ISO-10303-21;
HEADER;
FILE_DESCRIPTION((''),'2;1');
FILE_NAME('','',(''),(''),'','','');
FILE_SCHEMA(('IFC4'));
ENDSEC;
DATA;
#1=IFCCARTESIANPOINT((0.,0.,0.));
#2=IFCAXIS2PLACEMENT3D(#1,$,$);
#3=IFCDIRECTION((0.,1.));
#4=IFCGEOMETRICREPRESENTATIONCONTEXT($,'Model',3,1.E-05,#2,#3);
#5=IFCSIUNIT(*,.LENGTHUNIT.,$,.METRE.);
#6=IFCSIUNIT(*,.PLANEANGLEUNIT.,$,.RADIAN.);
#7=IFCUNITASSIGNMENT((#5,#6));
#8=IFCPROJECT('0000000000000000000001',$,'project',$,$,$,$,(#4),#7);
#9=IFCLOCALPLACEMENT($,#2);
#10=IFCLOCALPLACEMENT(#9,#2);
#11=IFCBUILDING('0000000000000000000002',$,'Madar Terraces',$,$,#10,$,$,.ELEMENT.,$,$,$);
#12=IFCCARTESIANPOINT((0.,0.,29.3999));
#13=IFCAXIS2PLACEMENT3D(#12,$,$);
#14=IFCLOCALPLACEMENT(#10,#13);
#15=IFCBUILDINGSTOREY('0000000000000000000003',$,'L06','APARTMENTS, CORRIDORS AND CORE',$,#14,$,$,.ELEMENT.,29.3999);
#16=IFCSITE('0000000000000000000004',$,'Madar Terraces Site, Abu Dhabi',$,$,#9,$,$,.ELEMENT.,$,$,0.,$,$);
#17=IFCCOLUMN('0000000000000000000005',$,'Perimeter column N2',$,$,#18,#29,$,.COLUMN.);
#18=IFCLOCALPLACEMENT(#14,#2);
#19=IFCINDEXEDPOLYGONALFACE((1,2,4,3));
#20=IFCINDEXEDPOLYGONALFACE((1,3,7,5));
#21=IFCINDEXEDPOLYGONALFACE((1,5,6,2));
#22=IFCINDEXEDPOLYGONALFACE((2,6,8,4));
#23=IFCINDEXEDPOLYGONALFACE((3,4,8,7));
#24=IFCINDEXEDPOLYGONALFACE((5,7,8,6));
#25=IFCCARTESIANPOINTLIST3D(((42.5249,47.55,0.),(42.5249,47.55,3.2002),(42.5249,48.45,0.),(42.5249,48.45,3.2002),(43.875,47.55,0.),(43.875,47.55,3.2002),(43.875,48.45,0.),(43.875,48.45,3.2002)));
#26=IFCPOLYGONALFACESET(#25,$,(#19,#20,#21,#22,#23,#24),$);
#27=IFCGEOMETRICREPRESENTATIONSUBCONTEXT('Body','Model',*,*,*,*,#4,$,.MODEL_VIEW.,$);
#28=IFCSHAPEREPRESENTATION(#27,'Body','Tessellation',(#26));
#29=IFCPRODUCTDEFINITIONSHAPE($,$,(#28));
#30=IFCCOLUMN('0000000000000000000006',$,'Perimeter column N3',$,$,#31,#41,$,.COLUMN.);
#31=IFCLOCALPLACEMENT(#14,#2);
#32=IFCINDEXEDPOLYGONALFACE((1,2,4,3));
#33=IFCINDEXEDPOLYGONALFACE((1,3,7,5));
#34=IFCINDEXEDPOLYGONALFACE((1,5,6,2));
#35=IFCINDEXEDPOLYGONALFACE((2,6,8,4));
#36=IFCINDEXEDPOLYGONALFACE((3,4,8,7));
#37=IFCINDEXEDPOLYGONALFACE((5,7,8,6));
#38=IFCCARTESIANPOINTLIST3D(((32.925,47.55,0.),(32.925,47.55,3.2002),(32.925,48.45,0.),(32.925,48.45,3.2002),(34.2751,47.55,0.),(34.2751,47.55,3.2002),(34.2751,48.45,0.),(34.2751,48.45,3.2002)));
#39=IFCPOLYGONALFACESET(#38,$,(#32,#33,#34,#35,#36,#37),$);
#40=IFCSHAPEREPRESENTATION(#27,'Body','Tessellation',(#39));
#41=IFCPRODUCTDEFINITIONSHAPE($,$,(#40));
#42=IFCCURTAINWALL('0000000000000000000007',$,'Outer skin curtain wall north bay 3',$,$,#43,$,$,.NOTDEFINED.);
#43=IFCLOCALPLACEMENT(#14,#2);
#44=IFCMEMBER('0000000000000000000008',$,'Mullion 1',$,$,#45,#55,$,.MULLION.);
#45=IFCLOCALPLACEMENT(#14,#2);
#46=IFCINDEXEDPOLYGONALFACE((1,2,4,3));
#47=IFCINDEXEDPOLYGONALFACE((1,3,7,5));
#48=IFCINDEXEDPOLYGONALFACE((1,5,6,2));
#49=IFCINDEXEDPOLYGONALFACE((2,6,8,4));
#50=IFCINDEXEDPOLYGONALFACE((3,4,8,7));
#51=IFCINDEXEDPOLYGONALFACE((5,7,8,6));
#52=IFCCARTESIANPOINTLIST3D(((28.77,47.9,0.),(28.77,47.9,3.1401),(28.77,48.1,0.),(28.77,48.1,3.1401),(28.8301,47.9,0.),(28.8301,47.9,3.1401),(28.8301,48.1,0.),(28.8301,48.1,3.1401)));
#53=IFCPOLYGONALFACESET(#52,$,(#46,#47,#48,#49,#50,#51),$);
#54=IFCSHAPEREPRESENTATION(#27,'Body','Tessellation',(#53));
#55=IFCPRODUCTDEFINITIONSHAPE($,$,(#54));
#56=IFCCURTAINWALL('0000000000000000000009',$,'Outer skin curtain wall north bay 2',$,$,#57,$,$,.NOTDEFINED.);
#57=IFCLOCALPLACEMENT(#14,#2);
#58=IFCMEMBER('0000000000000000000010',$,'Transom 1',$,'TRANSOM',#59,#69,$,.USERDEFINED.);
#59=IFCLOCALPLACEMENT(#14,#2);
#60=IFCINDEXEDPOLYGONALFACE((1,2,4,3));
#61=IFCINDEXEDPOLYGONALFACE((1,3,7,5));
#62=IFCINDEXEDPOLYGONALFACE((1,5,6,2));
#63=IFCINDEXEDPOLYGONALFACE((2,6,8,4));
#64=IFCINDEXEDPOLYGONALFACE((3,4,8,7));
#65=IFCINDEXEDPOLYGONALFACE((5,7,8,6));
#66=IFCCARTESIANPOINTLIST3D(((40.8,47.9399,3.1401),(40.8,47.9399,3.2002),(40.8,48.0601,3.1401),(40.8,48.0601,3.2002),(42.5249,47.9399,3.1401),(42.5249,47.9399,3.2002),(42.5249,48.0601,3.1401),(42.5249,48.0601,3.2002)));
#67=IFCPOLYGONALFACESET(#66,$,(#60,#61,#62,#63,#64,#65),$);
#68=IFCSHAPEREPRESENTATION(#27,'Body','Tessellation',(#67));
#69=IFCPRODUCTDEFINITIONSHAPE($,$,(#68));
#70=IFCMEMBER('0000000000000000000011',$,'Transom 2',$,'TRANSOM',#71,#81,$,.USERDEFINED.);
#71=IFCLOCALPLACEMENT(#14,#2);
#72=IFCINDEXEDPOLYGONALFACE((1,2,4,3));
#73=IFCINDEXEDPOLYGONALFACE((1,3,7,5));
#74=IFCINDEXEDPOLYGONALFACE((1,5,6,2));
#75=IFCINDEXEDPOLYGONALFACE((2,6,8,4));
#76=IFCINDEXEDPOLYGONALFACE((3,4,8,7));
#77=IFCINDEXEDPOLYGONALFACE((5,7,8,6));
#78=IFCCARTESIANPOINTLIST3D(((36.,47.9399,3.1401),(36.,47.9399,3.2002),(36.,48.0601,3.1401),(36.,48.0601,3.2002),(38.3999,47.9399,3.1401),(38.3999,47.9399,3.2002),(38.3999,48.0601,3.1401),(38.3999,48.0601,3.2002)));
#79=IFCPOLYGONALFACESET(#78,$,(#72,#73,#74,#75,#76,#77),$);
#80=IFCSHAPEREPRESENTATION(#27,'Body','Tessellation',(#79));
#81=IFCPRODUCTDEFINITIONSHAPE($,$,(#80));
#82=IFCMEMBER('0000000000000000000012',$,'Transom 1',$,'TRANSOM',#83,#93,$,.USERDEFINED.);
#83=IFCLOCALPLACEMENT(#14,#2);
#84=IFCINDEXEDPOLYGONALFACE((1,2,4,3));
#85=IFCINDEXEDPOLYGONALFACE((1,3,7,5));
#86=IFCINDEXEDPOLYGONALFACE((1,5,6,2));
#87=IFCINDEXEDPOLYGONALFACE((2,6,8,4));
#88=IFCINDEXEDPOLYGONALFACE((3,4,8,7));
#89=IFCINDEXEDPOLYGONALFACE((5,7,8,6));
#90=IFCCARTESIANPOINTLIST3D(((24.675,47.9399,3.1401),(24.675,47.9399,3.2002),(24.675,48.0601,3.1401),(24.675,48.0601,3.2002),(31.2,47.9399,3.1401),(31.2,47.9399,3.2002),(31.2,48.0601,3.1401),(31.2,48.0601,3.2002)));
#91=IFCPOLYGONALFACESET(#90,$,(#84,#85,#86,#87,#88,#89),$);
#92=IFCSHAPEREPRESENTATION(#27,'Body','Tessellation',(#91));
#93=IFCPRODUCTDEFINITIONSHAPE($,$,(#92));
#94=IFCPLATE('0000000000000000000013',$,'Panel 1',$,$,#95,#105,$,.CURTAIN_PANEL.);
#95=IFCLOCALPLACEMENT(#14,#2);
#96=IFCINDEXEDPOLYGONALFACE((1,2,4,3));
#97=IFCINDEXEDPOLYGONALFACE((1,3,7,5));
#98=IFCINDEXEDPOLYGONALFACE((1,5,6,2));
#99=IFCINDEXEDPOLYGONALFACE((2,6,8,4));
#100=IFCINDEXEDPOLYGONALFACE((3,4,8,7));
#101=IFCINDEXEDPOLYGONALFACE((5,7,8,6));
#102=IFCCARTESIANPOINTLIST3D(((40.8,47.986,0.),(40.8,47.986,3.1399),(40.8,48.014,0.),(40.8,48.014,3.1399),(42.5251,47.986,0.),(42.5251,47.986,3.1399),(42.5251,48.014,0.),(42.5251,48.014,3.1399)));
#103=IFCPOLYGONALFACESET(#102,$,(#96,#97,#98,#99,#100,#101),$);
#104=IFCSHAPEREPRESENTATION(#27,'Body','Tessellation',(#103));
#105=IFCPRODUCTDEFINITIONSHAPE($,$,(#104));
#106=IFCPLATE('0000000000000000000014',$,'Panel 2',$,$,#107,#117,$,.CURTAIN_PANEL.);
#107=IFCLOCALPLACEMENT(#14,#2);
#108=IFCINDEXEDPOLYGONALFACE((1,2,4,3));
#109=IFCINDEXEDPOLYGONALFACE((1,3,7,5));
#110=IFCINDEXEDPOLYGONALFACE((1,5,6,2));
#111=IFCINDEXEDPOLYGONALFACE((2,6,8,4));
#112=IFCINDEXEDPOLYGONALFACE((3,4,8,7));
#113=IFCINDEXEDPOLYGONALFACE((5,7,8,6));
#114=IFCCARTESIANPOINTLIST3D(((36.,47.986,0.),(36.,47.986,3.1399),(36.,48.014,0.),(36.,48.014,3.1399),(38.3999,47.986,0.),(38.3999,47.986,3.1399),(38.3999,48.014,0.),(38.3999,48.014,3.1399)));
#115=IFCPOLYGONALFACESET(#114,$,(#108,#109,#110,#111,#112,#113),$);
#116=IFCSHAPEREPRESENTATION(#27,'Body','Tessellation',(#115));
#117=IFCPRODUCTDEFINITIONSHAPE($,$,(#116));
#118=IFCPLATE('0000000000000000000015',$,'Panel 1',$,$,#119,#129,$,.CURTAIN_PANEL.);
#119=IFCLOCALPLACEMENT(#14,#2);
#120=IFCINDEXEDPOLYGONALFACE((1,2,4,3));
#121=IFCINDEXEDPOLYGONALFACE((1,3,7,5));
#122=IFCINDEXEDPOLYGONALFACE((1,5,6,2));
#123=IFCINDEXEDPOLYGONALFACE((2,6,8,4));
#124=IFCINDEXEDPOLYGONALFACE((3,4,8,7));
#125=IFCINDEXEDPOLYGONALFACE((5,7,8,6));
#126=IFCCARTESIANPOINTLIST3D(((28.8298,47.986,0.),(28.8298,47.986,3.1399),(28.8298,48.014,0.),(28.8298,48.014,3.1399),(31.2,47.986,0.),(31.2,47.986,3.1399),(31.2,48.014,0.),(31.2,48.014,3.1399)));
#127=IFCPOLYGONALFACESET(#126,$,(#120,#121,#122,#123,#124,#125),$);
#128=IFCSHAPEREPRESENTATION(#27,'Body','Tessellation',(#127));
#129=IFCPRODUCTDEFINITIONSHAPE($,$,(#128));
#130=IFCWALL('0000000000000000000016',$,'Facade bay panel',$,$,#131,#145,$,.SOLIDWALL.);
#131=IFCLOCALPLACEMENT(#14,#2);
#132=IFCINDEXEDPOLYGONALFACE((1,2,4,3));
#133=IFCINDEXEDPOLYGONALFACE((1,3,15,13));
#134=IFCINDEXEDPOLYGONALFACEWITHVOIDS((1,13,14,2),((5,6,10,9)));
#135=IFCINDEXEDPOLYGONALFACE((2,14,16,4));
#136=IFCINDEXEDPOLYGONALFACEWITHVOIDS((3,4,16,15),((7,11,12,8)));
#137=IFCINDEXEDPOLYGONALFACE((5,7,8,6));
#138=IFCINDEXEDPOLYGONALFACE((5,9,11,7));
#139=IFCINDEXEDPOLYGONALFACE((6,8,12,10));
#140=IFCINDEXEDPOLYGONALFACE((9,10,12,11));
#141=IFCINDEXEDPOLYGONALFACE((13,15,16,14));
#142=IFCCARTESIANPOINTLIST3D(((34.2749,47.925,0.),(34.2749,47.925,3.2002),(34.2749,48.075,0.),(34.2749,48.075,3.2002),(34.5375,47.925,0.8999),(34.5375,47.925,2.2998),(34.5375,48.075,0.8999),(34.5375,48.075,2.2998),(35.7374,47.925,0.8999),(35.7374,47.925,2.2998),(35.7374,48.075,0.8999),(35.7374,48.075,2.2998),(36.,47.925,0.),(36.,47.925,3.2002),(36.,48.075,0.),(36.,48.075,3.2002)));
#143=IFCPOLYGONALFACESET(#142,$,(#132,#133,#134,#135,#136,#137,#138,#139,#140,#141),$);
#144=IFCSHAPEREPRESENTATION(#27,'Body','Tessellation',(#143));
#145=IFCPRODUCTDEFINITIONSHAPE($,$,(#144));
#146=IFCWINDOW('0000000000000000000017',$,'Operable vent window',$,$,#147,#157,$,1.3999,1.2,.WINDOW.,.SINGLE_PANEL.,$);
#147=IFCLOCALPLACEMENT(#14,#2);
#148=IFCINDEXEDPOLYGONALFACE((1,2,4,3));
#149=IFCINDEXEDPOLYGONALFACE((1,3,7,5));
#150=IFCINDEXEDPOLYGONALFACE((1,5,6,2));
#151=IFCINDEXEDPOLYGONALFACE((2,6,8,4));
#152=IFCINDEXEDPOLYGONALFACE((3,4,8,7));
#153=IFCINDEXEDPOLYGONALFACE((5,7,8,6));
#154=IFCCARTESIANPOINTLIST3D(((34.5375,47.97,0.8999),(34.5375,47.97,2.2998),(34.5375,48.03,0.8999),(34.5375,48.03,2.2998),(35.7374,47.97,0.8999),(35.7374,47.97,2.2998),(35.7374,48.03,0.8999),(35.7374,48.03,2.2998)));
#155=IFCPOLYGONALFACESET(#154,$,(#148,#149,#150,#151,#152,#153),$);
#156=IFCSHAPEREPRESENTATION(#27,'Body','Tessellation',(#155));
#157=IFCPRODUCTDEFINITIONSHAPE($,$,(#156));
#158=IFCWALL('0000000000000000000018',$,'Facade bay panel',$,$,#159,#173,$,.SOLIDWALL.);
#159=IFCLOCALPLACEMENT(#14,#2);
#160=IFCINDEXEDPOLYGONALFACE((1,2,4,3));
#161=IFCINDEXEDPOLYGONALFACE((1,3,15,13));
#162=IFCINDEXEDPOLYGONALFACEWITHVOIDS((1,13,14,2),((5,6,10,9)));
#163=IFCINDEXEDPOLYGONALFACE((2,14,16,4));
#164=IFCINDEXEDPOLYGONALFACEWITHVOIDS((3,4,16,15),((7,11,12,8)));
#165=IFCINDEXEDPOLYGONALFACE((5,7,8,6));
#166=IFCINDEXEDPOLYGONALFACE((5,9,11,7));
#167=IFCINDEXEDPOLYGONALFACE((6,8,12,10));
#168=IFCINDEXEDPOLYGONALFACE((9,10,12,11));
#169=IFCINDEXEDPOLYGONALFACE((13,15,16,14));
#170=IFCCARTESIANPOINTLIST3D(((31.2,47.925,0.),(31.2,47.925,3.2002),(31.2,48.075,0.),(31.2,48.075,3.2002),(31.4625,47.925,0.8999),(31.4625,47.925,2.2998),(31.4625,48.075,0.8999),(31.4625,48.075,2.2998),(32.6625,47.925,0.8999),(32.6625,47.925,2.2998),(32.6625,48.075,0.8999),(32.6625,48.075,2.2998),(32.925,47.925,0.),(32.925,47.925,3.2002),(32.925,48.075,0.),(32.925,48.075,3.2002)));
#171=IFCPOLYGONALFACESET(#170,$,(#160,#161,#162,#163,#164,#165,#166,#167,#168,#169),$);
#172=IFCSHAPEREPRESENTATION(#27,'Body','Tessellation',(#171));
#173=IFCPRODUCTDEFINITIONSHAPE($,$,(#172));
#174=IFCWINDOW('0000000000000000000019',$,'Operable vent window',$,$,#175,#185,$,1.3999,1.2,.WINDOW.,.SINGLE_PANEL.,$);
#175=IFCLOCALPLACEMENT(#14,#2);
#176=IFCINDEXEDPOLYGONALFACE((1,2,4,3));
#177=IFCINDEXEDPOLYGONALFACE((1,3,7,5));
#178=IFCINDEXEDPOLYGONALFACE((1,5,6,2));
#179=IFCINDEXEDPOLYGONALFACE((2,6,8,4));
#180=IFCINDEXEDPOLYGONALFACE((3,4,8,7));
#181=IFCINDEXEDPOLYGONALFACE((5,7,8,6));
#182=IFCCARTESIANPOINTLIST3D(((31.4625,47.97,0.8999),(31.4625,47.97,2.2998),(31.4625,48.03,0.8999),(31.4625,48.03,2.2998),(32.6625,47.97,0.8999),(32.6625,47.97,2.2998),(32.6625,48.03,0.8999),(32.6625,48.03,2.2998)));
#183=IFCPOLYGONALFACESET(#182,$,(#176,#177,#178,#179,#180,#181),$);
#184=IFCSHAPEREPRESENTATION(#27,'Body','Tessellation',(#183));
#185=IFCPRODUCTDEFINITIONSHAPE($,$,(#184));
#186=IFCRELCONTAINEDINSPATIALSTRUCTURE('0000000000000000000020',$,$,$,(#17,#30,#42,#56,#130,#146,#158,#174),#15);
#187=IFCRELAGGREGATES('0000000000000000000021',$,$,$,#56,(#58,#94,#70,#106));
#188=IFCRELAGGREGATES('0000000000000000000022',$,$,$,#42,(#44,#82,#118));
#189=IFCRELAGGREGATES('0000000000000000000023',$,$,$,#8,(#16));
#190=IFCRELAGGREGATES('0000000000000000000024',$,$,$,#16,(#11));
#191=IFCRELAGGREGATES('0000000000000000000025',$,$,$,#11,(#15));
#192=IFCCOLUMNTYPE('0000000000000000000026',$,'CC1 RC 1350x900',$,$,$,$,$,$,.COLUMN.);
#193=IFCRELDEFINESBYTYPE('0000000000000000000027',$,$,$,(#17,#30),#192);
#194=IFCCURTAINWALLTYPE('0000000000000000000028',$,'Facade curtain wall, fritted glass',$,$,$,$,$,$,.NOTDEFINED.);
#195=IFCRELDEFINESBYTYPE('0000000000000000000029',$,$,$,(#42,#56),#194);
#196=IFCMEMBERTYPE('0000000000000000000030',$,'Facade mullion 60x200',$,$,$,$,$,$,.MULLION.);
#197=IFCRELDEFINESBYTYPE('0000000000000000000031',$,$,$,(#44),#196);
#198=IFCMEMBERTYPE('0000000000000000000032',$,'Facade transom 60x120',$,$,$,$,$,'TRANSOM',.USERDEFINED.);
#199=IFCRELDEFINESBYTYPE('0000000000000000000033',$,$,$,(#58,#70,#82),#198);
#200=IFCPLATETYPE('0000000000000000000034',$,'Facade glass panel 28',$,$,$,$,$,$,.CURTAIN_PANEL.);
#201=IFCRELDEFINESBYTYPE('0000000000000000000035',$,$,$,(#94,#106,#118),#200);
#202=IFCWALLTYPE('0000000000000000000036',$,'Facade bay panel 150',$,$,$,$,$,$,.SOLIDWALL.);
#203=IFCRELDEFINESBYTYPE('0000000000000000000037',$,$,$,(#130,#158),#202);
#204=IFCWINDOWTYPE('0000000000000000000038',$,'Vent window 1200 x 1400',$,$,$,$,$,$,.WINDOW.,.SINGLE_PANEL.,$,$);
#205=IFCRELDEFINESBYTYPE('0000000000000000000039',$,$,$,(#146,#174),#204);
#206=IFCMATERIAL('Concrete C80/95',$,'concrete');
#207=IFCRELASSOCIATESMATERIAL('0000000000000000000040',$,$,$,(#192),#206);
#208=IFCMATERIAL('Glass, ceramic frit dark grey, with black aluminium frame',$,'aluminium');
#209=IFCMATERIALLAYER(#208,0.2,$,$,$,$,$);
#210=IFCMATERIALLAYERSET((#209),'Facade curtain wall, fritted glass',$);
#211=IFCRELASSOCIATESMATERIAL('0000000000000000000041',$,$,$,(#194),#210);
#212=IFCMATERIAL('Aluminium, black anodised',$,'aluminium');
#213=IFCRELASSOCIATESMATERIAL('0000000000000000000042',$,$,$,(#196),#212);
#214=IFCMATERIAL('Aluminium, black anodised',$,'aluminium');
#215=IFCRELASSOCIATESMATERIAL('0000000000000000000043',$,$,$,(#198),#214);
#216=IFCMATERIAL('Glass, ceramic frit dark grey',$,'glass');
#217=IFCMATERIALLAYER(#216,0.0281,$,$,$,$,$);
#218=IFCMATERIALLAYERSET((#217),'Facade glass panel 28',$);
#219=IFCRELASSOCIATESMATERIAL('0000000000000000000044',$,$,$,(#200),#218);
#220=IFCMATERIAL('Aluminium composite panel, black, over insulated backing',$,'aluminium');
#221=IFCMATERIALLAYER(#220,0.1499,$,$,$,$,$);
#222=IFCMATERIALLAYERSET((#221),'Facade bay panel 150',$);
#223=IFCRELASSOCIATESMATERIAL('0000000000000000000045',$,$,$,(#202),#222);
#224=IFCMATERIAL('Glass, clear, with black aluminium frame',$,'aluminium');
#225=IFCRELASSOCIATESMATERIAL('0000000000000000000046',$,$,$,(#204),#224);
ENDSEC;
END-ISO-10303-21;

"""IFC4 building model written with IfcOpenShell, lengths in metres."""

from ifc_helpers import new_model, si_unit, direction, frame, frame_2d, origin, origin_2d, place, context, subcontext, project, spatial, rectangle, extrude, material, layer, layer_set, material_profile, profile_set, type_object, element, fill, aggregate, save


model = new_model("IFC4")

# Units and contexts
model_context = context("Model", 3, precision=1e-05, world=origin(), true_north=direction((0.0, 1.0)))
body_context = subcontext(model_context, "Body", "Model", "MODEL_VIEW")
ifc_project = project(units=[si_unit("LENGTHUNIT", "METRE"), si_unit("PLANEANGLEUNIT", "RADIAN")], contexts=[model_context])

# Site, building, storey
site_placement = place(None, origin())
site = spatial("IfcSite", under=ifc_project, at=site_placement, Name="Madar Terraces Site, Abu Dhabi", CompositionType="ELEMENT", RefElevation=0.0)
building_placement = place(site_placement, origin())
building = spatial("IfcBuilding", under=site, at=building_placement, Name="Madar Terraces", CompositionType="ELEMENT")
storey_placement = place(building_placement, frame((0.0, 0.0, 29.3999)))
storey = spatial("IfcBuildingStorey", under=building, at=storey_placement, Name="L06", Description="APARTMENTS, CORRIDORS AND CORE", CompositionType="ELEMENT", Elevation=29.3999)

# Columns
ifc_material_1 = material(Name="Concrete C80/95", Category="concrete")
ifc_material_profile_1 = material_profile(ifc_material_1, rectangle(XDim=1.3501, YDim=0.8999, at=origin_2d()), Name="CC1 RC 1350x900")
ifc_profile_set_1 = profile_set([ifc_material_profile_1], Name="Concrete C80/95")
column_type = type_object("IfcColumnType", Name="CC1 RC 1350x900", PredefinedType="COLUMN", material=ifc_profile_set_1)
for number, where, z_axis, x_axis, name in (
    (1, (43.2, 48.0, 0.0), (0.0, 0.0, 1.0), (1.0, 0.0, 0.0), "Perimeter column N2"),
    (2, (33.6001, 48.0, 0.0), (0.0, 0.0, 1.0), (1.0, 0.0, 0.0), "Perimeter column N3"),
):
    element("IfcColumn", number, at=place(storey_placement, frame(where, z_axis=z_axis, x_axis=x_axis)), inside=storey, type_object=column_type, Name=name, PredefinedType="COLUMN", context=body_context, shape_type="SweptSolid", body=[
        extrude(rectangle(XDim=1.3501, YDim=0.8999, at=origin_2d()), origin(), (0.0, 0.0, 1.0), 3.2002),
    ])

# Curtain wall, member
ifc_material_2 = material(Name="Glass, ceramic frit dark grey, with black aluminium frame", Category="aluminium")
ifc_layer_1 = layer(ifc_material_2, 0.2)
ifc_layer_set_1 = layer_set([ifc_layer_1], Name="Facade curtain wall, fritted glass")
curtain_wall_type = type_object("IfcCurtainWallType", Name="Facade curtain wall, fritted glass", PredefinedType="NOTDEFINED", material=ifc_layer_set_1)
curtain_wall_1_placement = place(storey_placement, origin())
curtain_wall_1 = element("IfcCurtainWall", 3, at=curtain_wall_1_placement, inside=storey, type_object=curtain_wall_type, Name="Outer skin curtain wall north bay 3", PredefinedType="NOTDEFINED")
ifc_material_3 = material(Name="Aluminium, black anodised", Category="aluminium")
ifc_material_profile_2 = material_profile(ifc_material_3, rectangle(XDim=0.2, YDim=0.0601, at=origin_2d()), Name="Facade mullion 60x200")
ifc_profile_set_2 = profile_set([ifc_material_profile_2], Name="Aluminium, black anodised")
member_type_1 = type_object("IfcMemberType", Name="Facade mullion 60x200", PredefinedType="MULLION", material=ifc_profile_set_2)
member_1_placement = place(storey_placement, frame((28.8, 48.0, 0.0), z_axis=(0.0, 0.0, 1.0), x_axis=(0.0, -1.0, 0.0)))
member_1 = element("IfcMember", 4, at=member_1_placement, type_object=member_type_1, Name="Mullion 1", PredefinedType="MULLION", context=body_context, shape_type="SweptSolid", body=[
    extrude(rectangle(XDim=0.2, YDim=0.0601, at=origin_2d()), origin(), (0.0, 0.0, 1.0), 3.1401),
])

# Curtain wall, members
curtain_wall_2_placement = place(storey_placement, origin())
curtain_wall_2 = element("IfcCurtainWall", 5, at=curtain_wall_2_placement, inside=storey, type_object=curtain_wall_type, Name="Outer skin curtain wall north bay 2", PredefinedType="NOTDEFINED")
ifc_material_4 = material(Name="Aluminium, black anodised", Category="aluminium")
ifc_material_profile_3 = material_profile(ifc_material_4, rectangle(XDim=0.1201, YDim=0.0601, at=origin_2d()), Name="Facade transom 60x120")
ifc_profile_set_3 = profile_set([ifc_material_profile_3], Name="Aluminium, black anodised")
member_type_2 = type_object("IfcMemberType", Name="Facade transom 60x120", ElementType="TRANSOM", PredefinedType="USERDEFINED", material=ifc_profile_set_3)
member_2_placement = place(storey_placement, frame((42.5249, 48.0, 3.1702), z_axis=(-1.0, 0.0, 0.0), x_axis=(0.0, -1.0, 0.0)))
member_2 = element("IfcMember", 6, at=member_2_placement, type_object=member_type_2, Name="Transom 1", ObjectType="TRANSOM", PredefinedType="USERDEFINED", context=body_context, shape_type="SweptSolid", body=[
    extrude(rectangle(XDim=0.1201, YDim=0.0601, at=origin_2d()), origin(), (0.0, 0.0, 1.0), 1.7249),
])
member_3_placement = place(storey_placement, frame((38.3999, 48.0, 3.1702), z_axis=(-1.0, 0.0, 0.0), x_axis=(0.0, -1.0, 0.0)))
member_3 = element("IfcMember", 7, at=member_3_placement, type_object=member_type_2, Name="Transom 2", ObjectType="TRANSOM", PredefinedType="USERDEFINED", context=body_context, shape_type="SweptSolid", body=[
    extrude(rectangle(XDim=0.1201, YDim=0.0601, at=origin_2d()), origin(), (0.0, 0.0, 1.0), 2.3999),
])

# Member
member_4_placement = place(storey_placement, frame((31.2, 48.0, 3.1702), z_axis=(-1.0, 0.0, 0.0), x_axis=(0.0, -1.0, 0.0)))
member_4 = element("IfcMember", 8, at=member_4_placement, type_object=member_type_2, Name="Transom 1", ObjectType="TRANSOM", PredefinedType="USERDEFINED", context=body_context, shape_type="SweptSolid", body=[
    extrude(rectangle(XDim=0.1201, YDim=0.0601, at=origin_2d()), origin(), (0.0, 0.0, 1.0), 6.5249),
])

# Plates
ifc_material_5 = material(Name="Glass, ceramic frit dark grey", Category="glass")
ifc_layer_2 = layer(ifc_material_5, 0.0281)
ifc_layer_set_2 = layer_set([ifc_layer_2], Name="Facade glass panel 28")
plate_type = type_object("IfcPlateType", Name="Facade glass panel 28", PredefinedType="CURTAIN_PANEL", material=ifc_layer_set_2)
plate_1_placement = place(storey_placement, frame((41.6626, 48.0, 0.0), z_axis=(0.0, 0.0, 1.0), x_axis=(-1.0, 0.0, 0.0)))
plate_1 = element("IfcPlate", 9, at=plate_1_placement, type_object=plate_type, Name="Panel 1", PredefinedType="CURTAIN_PANEL", context=body_context, shape_type="SweptSolid", body=[
    extrude(rectangle(XDim=1.7251, YDim=0.0281, at=origin_2d()), origin(), (0.0, 0.0, 1.0), 3.1399),
])
plate_2_placement = place(storey_placement, frame((37.2, 48.0, 0.0), z_axis=(0.0, 0.0, 1.0), x_axis=(-1.0, 0.0, 0.0)))
plate_2 = element("IfcPlate", 10, at=plate_2_placement, type_object=plate_type, Name="Panel 2", PredefinedType="CURTAIN_PANEL", context=body_context, shape_type="SweptSolid", body=[
    extrude(rectangle(XDim=2.3999, YDim=0.0281, at=origin_2d()), origin(), (0.0, 0.0, 1.0), 3.1399),
])
aggregate(curtain_wall_2, [member_2, plate_1, member_3, plate_2])
plate_3_placement = place(storey_placement, frame((30.0149, 48.0, 0.0), z_axis=(0.0, 0.0, 1.0), x_axis=(-1.0, 0.0, 0.0)))
plate_3 = element("IfcPlate", 11, at=plate_3_placement, type_object=plate_type, Name="Panel 1", PredefinedType="CURTAIN_PANEL", context=body_context, shape_type="SweptSolid", body=[
    extrude(rectangle(XDim=2.3701, YDim=0.0281, at=origin_2d()), origin(), (0.0, 0.0, 1.0), 3.1399),
])
aggregate(curtain_wall_1, [member_1, member_4, plate_3])

# Shared definitions
ifc_material_6 = material(Name="Aluminium composite panel, black, over insulated backing", Category="aluminium")
ifc_layer_3 = layer(ifc_material_6, 0.1499)
ifc_layer_set_3 = layer_set([ifc_layer_3], Name="Facade bay panel 150")
wall_type_1 = type_object("IfcWallType", Name="Facade bay panel 150", PredefinedType="SOLIDWALL", material=ifc_layer_set_3)

# Walls, openings, windows
wall_1_placement = place(storey_placement, frame((36.0, 48.0, 0.0), z_axis=(0.0, 0.0, 1.0), x_axis=(-1.0, 0.0, 0.0)))
wall_1 = element("IfcWall", 12, at=wall_1_placement, inside=storey, type_object=wall_type_1, Name="Facade bay panel", PredefinedType="SOLIDWALL", context=body_context, shape_type="SweptSolid", body=[
    extrude(rectangle(XDim=1.7251, YDim=0.1499, at=frame_2d((0.8625, 0.0))), origin(), (0.0, 0.0, 1.0), 3.2002),
])
opening_1_placement = place(wall_1_placement, frame((0.2625, 0.0, 0.8999)))
opening_1 = element("IfcOpeningElement", 13, at=opening_1_placement, cuts=wall_1, PredefinedType="OPENING", context=body_context, shape_type="SweptSolid", body=[
    extrude(rectangle(XDim=1.2, YDim=1.3999, at=frame_2d((0.6001, 0.7))), frame((0.0, 0.085, 0.0), z_axis=(0.0, -1.0, 0.0), x_axis=(1.0, 0.0, 0.0)), (0.0, 0.0, 1.0), 0.1699),
])
ifc_material_7 = material(Name="Glass, clear, with black aluminium frame", Category="aluminium")
window_type = type_object("IfcWindowType", Name="Vent window 1200 x 1400", PartitioningType="SINGLE_PANEL", PredefinedType="WINDOW", material=ifc_material_7)
window_1_placement = place(opening_1_placement, origin())
window_1 = element("IfcWindow", 14, at=window_1_placement, inside=storey, type_object=window_type, Name="Operable vent window", OverallHeight=1.3999, OverallWidth=1.2, PartitioningType="SINGLE_PANEL", PredefinedType="WINDOW", context=body_context, shape_type="SweptSolid", body=[
    extrude(rectangle(XDim=1.2, YDim=1.3999, at=frame_2d((0.6001, 0.7))), frame((0.0, 0.03, 0.0), z_axis=(0.0, -1.0, 0.0), x_axis=(1.0, 0.0, 0.0)), (0.0, 0.0, 1.0), 0.0601),
])
fill(opening_1, window_1)
wall_2_placement = place(storey_placement, frame((32.925, 48.0, 0.0), z_axis=(0.0, 0.0, 1.0), x_axis=(-1.0, 0.0, 0.0)))
wall_2 = element("IfcWall", 15, at=wall_2_placement, inside=storey, type_object=wall_type_1, Name="Facade bay panel", PredefinedType="SOLIDWALL", context=body_context, shape_type="SweptSolid", body=[
    extrude(rectangle(XDim=1.7251, YDim=0.1499, at=frame_2d((0.8625, 0.0))), origin(), (0.0, 0.0, 1.0), 3.2002),
])
opening_2_placement = place(wall_2_placement, frame((0.2625, 0.0, 0.8999)))
opening_2 = element("IfcOpeningElement", 16, at=opening_2_placement, cuts=wall_2, PredefinedType="OPENING", context=body_context, shape_type="SweptSolid", body=[
    extrude(rectangle(XDim=1.2, YDim=1.3999, at=frame_2d((0.6001, 0.7))), frame((0.0, 0.085, 0.0), z_axis=(0.0, -1.0, 0.0), x_axis=(1.0, 0.0, 0.0)), (0.0, 0.0, 1.0), 0.1699),
])
window_2_placement = place(opening_2_placement, origin())
window_2 = element("IfcWindow", 17, at=window_2_placement, inside=storey, type_object=window_type, Name="Operable vent window", OverallHeight=1.3999, OverallWidth=1.2, PartitioningType="SINGLE_PANEL", PredefinedType="WINDOW", context=body_context, shape_type="SweptSolid", body=[
    extrude(rectangle(XDim=1.2, YDim=1.3999, at=frame_2d((0.6001, 0.7))), frame((0.0, 0.03, 0.0), z_axis=(0.0, -1.0, 0.0), x_axis=(1.0, 0.0, 0.0)), (0.0, 0.0, 1.0), 0.0601),
])
fill(opening_2, window_2)

save(model, "model.ifc")
